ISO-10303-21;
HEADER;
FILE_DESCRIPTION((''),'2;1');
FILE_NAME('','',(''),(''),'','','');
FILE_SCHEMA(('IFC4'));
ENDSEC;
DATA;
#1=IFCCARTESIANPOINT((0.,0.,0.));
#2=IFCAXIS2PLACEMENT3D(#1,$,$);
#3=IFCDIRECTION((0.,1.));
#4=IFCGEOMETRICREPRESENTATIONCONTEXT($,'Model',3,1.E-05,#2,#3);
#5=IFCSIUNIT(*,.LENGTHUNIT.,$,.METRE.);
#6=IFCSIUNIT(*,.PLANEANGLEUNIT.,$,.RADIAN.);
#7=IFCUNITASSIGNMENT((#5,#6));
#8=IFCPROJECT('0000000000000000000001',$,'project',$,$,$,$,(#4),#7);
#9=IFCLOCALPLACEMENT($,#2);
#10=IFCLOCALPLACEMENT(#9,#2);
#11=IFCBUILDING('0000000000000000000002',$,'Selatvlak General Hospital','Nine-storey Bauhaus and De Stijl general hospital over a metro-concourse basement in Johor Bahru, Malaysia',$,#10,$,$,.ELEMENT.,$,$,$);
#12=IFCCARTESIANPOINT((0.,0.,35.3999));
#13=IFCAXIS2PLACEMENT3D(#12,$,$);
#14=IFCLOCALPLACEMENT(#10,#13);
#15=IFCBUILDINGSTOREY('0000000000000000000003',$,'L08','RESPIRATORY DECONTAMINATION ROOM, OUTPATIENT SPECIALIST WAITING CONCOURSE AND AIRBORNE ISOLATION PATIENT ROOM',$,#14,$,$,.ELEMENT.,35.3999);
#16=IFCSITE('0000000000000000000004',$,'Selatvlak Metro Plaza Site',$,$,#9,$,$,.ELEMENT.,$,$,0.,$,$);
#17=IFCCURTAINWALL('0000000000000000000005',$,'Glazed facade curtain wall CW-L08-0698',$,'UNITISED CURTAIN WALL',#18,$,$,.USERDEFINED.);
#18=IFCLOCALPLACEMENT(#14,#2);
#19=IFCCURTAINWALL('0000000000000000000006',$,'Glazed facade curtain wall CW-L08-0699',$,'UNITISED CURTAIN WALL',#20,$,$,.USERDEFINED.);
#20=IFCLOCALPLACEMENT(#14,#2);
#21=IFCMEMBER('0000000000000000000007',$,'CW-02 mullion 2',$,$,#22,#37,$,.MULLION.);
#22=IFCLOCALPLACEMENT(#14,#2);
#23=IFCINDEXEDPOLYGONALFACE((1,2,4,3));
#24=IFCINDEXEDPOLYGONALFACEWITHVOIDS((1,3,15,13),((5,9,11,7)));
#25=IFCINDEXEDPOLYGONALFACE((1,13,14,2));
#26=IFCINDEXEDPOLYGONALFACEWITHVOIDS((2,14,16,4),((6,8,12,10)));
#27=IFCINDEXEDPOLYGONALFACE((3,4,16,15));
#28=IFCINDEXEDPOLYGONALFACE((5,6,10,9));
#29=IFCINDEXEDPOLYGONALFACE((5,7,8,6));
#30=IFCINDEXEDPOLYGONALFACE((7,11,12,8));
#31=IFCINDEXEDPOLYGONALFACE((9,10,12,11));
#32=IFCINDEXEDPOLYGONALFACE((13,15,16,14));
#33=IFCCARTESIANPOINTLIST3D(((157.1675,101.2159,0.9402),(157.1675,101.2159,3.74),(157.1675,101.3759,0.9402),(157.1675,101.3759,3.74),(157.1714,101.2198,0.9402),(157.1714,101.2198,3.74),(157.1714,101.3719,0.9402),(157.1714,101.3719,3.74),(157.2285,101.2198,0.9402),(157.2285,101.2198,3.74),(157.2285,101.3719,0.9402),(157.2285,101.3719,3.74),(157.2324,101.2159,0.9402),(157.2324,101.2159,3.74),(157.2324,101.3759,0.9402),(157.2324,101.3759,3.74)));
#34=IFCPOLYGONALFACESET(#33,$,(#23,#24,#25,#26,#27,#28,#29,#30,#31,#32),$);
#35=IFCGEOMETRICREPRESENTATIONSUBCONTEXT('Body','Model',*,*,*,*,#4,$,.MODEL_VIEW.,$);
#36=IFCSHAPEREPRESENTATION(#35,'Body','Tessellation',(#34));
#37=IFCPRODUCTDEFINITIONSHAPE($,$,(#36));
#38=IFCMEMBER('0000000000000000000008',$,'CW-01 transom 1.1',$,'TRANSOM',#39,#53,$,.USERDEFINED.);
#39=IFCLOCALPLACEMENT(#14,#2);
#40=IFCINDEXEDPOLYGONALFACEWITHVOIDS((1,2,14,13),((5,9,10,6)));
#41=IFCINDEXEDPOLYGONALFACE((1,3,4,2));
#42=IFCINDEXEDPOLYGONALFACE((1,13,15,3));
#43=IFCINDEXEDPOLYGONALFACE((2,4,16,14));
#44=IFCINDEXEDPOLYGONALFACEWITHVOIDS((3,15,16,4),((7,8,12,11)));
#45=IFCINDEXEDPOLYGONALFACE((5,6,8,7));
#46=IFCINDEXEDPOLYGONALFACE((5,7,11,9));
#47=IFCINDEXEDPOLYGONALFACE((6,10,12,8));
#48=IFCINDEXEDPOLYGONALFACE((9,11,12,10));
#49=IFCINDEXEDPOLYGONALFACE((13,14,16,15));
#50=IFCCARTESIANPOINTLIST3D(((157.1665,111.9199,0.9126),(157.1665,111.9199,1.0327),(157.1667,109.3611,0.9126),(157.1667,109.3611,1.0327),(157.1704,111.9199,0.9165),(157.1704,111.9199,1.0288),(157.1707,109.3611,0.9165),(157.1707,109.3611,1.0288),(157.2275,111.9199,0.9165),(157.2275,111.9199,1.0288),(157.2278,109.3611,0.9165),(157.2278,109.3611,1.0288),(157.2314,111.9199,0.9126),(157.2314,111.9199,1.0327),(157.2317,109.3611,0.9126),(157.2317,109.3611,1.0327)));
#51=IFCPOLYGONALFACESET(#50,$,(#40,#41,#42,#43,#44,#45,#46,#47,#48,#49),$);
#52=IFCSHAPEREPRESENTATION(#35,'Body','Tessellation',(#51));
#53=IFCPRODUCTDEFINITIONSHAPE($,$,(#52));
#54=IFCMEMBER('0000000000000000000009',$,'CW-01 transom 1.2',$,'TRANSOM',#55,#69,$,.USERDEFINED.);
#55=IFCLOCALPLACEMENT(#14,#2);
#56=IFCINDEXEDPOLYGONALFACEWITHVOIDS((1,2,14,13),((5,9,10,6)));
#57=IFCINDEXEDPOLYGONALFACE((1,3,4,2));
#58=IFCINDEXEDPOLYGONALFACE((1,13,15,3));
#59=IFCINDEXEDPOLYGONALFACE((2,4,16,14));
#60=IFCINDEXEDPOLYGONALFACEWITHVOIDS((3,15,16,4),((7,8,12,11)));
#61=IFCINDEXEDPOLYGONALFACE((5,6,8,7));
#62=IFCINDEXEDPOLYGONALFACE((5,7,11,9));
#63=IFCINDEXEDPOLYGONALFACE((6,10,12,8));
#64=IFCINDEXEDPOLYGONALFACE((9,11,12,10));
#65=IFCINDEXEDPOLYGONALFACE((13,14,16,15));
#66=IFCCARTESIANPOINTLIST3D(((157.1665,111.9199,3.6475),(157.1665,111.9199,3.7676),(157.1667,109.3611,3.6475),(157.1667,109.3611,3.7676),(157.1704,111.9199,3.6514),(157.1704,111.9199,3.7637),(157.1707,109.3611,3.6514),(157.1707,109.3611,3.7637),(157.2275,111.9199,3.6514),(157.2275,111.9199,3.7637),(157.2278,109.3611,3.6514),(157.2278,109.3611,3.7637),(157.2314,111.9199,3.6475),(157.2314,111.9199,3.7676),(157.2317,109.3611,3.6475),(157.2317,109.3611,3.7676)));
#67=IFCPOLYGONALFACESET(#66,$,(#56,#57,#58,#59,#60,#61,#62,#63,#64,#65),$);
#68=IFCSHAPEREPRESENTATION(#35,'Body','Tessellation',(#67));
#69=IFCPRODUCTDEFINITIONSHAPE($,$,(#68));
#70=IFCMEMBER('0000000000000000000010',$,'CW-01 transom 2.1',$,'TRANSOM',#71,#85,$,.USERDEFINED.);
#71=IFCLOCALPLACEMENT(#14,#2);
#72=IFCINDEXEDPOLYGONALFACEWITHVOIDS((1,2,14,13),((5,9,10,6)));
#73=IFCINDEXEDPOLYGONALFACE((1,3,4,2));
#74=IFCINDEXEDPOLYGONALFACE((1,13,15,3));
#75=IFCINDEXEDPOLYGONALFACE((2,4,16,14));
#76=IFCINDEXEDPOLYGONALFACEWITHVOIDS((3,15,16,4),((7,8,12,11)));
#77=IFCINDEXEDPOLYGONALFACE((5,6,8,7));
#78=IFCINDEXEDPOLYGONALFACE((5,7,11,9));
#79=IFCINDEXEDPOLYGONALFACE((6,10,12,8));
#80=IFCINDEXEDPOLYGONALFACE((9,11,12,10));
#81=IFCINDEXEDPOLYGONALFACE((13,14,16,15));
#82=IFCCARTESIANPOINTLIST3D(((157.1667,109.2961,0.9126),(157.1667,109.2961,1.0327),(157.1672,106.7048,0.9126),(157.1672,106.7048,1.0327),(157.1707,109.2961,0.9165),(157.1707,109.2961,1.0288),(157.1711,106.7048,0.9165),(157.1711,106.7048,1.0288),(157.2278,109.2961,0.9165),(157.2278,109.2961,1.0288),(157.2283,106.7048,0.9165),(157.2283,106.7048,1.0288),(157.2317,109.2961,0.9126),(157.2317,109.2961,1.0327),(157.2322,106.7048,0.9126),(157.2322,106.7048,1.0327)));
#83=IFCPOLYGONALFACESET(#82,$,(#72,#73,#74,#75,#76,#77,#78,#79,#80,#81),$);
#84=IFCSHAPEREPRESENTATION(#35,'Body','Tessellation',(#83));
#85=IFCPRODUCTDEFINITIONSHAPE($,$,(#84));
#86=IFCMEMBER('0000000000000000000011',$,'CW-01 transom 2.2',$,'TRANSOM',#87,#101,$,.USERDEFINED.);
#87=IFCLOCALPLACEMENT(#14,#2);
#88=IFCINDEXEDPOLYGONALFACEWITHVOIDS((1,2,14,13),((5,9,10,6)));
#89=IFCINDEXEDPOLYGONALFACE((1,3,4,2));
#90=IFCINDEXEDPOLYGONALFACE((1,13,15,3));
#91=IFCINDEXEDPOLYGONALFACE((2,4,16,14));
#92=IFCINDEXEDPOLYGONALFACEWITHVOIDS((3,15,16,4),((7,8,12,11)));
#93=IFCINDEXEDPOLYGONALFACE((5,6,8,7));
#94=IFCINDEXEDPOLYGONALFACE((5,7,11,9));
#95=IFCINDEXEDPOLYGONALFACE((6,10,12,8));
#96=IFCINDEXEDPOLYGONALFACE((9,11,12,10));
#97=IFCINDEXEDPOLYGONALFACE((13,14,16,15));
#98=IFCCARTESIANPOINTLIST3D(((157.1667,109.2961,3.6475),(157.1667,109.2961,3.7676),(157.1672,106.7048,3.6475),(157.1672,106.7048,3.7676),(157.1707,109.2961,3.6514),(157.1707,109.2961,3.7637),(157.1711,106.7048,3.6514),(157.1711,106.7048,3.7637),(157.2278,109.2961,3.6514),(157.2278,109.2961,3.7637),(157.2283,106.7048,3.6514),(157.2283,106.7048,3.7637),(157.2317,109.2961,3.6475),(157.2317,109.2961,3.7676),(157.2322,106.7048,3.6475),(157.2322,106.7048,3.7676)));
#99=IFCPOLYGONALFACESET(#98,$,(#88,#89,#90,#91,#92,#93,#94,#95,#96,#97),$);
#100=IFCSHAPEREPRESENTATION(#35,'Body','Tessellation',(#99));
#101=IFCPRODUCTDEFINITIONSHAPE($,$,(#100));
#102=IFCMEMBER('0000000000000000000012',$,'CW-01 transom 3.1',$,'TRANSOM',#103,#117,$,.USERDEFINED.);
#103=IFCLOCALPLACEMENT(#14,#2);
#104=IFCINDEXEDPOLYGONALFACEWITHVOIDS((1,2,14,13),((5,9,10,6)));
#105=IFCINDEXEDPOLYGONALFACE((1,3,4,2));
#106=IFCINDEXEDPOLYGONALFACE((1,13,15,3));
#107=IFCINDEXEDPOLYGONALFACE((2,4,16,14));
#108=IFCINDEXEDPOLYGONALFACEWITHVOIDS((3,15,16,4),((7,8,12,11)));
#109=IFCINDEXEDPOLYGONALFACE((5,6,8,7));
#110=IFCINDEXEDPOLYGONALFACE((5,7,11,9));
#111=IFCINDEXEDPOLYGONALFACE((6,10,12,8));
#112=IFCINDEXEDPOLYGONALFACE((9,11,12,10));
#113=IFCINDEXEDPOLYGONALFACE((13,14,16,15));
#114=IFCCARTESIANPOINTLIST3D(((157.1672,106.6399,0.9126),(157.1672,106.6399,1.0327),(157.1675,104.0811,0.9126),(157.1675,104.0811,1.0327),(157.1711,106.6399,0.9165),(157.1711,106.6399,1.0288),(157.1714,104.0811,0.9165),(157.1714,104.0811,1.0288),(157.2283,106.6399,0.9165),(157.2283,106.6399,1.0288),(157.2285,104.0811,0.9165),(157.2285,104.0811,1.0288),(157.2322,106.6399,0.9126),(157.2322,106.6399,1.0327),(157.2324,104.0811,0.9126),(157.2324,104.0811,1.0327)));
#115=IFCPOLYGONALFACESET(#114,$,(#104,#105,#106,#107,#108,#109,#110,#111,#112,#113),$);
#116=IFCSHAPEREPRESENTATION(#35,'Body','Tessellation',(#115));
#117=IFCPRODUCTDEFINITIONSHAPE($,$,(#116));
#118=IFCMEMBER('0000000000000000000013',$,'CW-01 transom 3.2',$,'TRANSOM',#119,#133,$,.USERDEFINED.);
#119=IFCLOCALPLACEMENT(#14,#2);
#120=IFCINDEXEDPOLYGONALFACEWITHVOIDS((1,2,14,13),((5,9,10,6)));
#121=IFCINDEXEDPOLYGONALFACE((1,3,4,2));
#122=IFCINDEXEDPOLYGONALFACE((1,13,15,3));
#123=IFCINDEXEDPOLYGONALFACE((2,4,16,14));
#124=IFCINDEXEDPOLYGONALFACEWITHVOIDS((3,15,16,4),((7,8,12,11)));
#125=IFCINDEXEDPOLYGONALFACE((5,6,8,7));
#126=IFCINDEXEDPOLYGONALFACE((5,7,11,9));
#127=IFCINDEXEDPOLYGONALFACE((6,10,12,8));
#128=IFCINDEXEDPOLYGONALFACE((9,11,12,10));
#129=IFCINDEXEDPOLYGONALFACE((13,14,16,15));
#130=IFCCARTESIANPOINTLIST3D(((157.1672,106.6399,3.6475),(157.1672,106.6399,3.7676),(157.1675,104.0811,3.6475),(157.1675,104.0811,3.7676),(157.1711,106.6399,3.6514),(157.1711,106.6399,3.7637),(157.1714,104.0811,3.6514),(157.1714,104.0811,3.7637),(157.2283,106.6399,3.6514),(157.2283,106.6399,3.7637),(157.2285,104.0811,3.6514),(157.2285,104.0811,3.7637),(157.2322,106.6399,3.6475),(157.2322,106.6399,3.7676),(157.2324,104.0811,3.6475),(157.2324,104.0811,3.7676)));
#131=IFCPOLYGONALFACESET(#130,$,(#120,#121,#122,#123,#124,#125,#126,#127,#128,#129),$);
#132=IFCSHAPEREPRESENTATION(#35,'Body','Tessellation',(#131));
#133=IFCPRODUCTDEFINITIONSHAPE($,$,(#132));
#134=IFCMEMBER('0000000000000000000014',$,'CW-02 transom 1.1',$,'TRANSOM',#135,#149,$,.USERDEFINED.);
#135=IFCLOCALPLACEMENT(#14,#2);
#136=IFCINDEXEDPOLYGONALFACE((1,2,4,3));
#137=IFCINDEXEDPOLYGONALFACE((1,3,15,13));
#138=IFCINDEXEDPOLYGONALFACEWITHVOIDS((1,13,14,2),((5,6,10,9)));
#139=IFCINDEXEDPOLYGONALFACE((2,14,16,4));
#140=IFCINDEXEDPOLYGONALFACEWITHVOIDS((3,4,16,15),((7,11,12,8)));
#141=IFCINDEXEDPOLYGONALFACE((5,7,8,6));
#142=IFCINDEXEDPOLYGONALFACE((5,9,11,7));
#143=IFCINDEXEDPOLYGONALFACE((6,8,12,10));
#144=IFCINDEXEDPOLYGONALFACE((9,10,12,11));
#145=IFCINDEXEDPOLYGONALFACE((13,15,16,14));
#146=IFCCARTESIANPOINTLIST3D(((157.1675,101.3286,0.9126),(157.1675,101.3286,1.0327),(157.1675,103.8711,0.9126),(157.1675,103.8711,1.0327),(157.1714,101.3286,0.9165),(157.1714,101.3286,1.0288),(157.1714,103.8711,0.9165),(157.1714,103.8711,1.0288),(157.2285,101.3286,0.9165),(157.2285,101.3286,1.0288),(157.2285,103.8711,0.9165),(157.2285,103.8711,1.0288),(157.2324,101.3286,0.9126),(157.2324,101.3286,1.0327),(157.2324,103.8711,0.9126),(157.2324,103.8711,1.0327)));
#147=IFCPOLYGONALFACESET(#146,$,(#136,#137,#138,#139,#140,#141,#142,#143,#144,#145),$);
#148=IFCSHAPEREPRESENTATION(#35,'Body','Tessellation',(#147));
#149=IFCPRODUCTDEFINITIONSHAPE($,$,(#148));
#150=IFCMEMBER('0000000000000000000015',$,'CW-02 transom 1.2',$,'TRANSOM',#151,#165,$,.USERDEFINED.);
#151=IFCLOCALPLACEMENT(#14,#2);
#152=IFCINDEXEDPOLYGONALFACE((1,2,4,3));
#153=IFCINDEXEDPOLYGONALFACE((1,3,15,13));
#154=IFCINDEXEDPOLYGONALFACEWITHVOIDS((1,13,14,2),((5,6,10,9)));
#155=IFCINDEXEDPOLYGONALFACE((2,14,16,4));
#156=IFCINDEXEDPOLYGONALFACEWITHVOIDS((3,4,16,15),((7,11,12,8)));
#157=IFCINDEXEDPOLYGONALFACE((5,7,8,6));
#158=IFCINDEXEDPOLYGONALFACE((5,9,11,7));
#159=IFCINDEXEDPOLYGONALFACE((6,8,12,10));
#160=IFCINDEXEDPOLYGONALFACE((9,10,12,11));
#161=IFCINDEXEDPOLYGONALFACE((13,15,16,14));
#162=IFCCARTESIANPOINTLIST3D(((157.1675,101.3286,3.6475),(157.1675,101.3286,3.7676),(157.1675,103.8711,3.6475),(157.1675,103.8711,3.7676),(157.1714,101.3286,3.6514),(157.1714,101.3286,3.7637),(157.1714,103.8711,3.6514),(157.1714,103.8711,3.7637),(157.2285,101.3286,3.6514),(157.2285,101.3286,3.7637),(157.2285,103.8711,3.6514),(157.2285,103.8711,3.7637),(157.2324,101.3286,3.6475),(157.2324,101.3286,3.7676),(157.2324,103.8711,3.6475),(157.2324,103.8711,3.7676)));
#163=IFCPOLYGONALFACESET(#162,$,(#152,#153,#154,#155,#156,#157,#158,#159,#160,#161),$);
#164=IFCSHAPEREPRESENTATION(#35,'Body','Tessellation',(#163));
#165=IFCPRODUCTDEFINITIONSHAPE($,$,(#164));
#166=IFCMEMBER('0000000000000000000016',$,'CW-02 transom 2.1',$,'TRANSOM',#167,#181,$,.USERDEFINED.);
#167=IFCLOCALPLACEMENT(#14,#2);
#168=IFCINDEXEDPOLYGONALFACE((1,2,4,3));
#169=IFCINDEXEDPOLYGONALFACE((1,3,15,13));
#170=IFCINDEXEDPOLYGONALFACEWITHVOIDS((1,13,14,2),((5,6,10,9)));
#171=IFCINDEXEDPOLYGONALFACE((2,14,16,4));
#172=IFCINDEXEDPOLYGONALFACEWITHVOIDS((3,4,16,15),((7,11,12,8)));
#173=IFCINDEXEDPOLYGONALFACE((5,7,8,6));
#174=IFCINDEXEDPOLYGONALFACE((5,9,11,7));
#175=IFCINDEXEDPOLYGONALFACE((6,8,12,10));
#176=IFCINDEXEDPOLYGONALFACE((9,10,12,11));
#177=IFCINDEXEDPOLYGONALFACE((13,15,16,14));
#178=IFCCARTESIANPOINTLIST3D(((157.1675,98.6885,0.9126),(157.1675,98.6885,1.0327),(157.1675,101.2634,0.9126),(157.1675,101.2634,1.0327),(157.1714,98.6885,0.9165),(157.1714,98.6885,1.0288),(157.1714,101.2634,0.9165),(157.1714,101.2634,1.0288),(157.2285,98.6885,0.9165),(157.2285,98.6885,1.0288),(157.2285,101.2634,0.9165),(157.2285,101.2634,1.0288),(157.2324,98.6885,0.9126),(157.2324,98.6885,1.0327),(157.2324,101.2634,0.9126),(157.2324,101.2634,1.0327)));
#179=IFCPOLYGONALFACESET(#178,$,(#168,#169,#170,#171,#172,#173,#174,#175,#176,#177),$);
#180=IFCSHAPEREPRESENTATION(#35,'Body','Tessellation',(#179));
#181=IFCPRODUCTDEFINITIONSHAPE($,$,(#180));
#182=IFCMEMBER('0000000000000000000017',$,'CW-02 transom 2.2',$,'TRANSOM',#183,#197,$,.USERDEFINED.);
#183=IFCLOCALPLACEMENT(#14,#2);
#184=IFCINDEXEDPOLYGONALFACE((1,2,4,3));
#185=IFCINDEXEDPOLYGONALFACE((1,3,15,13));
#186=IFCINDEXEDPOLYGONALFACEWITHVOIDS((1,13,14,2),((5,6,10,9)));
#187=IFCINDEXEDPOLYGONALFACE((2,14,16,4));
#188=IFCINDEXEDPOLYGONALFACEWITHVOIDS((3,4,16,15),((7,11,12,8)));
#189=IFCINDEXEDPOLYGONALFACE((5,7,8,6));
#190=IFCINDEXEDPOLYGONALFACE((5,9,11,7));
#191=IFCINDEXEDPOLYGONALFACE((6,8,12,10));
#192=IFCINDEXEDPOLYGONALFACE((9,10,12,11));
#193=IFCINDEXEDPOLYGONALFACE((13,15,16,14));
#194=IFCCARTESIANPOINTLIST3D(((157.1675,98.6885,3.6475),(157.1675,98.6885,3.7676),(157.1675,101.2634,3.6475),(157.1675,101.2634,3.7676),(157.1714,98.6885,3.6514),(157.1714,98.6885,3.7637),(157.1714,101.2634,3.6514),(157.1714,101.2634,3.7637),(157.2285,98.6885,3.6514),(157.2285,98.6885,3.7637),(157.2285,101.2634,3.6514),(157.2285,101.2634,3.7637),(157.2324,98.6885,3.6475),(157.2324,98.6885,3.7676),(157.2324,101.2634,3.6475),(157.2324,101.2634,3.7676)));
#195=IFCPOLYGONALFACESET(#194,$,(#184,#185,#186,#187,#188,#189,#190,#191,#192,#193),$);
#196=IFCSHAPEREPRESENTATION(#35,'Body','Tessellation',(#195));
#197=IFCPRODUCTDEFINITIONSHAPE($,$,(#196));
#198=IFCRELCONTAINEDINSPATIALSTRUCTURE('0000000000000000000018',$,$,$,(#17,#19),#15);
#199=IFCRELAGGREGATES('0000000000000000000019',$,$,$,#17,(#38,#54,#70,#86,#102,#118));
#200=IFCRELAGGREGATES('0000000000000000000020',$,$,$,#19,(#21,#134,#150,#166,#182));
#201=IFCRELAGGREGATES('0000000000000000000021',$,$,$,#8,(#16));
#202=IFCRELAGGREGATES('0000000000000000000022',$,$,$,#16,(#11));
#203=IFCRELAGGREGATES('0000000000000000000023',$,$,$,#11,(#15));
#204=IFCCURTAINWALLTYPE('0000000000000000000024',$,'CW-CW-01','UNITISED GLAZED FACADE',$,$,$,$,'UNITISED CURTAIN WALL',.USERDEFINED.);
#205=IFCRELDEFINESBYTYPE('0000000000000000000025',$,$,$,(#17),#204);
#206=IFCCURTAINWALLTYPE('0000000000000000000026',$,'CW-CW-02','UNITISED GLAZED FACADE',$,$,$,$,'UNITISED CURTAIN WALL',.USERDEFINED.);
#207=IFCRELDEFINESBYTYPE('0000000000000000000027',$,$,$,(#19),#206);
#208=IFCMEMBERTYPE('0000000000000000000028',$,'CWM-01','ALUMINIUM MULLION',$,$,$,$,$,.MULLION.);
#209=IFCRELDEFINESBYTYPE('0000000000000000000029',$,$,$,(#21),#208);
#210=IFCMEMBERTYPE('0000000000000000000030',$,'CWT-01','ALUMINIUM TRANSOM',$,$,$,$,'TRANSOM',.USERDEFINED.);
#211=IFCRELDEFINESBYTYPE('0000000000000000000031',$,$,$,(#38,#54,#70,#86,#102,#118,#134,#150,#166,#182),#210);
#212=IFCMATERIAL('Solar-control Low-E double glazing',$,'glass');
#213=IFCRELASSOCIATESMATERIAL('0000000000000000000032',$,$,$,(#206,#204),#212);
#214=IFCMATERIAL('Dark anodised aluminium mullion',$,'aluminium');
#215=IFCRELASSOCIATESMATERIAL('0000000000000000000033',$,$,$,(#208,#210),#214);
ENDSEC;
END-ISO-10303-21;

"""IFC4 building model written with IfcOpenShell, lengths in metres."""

from ifc_helpers import new_model, si_unit, direction, frame, origin, origin_2d, place, context, subcontext, project, spatial, hollow_rectangle, extrude, material, material_profile, profile_set, type_object, element, aggregate, save


model = new_model("IFC4")

# Units and contexts
model_context = context("Model", 3, precision=1e-05, world=origin(), true_north=direction((0.0, 1.0)))
body_context = subcontext(model_context, "Body", "Model", "MODEL_VIEW")
ifc_project = project(units=[si_unit("LENGTHUNIT", "METRE"), si_unit("PLANEANGLEUNIT", "RADIAN")], contexts=[model_context])

# Site, building, storey
site_placement = place(None, origin())
site = spatial("IfcSite", under=ifc_project, at=site_placement, Name="Selatvlak Metro Plaza Site", CompositionType="ELEMENT", RefElevation=0.0)
building_placement = place(site_placement, origin())
building = spatial("IfcBuilding", under=site, at=building_placement, Name="Selatvlak General Hospital", Description="Nine-storey Bauhaus and De Stijl general hospital over a metro-concourse basement in Johor Bahru, Malaysia", CompositionType="ELEMENT")
storey_placement = place(building_placement, frame((0.0, 0.0, 35.3999)))
storey = spatial("IfcBuildingStorey", under=building, at=storey_placement, Name="L08", Description="RESPIRATORY DECONTAMINATION ROOM, OUTPATIENT SPECIALIST WAITING CONCOURSE AND AIRBORNE ISOLATION PATIENT ROOM", CompositionType="ELEMENT", Elevation=35.3999)

# Shared definitions
ifc_material_1 = material(Name="Solar-control Low-E double glazing", Category="glass")
curtain_wall_type_1 = type_object("IfcCurtainWallType", Name="CW-CW-02", Description="UNITISED GLAZED FACADE", ElementType="UNITISED CURTAIN WALL", PredefinedType="USERDEFINED", material=ifc_material_1)
ifc_material_2 = material(Name="Dark anodised aluminium mullion", Category="aluminium")
ifc_material_profile_1 = material_profile(ifc_material_2, hollow_rectangle(XDim=0.0649, YDim=0.1599, WallThickness=0.0039, at=origin_2d()), Name="AL-MUL 65x160x4")
ifc_profile_set_1 = profile_set([ifc_material_profile_1], Name="Dark anodised aluminium mullion")
member_type_1 = type_object("IfcMemberType", Name="CWM-01", Description="ALUMINIUM MULLION", PredefinedType="MULLION", material=ifc_profile_set_1)

# Curtain walls, member
curtain_wall_type_2 = type_object("IfcCurtainWallType", Name="CW-CW-01", Description="UNITISED GLAZED FACADE", ElementType="UNITISED CURTAIN WALL", PredefinedType="USERDEFINED", material=ifc_material_1)
curtain_wall_1_placement = place(storey_placement, origin())
curtain_wall_1 = element("IfcCurtainWall", 1, at=curtain_wall_1_placement, inside=storey, type_object=curtain_wall_type_2, Name="Glazed facade curtain wall CW-L08-0698", ObjectType="UNITISED CURTAIN WALL", PredefinedType="USERDEFINED")
curtain_wall_2_placement = place(storey_placement, origin())
curtain_wall_2 = element("IfcCurtainWall", 2, at=curtain_wall_2_placement, inside=storey, type_object=curtain_wall_type_1, Name="Glazed facade curtain wall CW-L08-0699", ObjectType="UNITISED CURTAIN WALL", PredefinedType="USERDEFINED")
member_1_placement = place(storey_placement, frame((157.2, 101.2959, 0.9402), z_axis=(0.0, 0.0, 1.0), x_axis=(1.0, 0.0, 0.0)))
member_1 = element("IfcMember", 3, at=member_1_placement, type_object=member_type_1, Name="CW-02 mullion 2", PredefinedType="MULLION", context=body_context, shape_type="SweptSolid", body=[
    extrude(hollow_rectangle(XDim=0.0649, YDim=0.1599, WallThickness=0.0039, at=origin_2d()), origin(), (0.0, 0.0, 1.0), 2.7998),
])

# Members
ifc_material_profile_2 = material_profile(ifc_material_2, hollow_rectangle(XDim=0.0649, YDim=0.1201, WallThickness=0.0039, at=origin_2d()), Name="AL-TRN 65x120x4")
ifc_profile_set_2 = profile_set([ifc_material_profile_2], Name="Dark anodised aluminium mullion")
member_type_2 = type_object("IfcMemberType", Name="CWT-01", Description="ALUMINIUM TRANSOM", ElementType="TRANSOM", PredefinedType="USERDEFINED", material=ifc_profile_set_2)
member_2_placement = place(storey_placement, frame((157.199, 111.9199, 0.9727), z_axis=(0.000095, -1.0, 0.0), x_axis=(1.0, 0.000095, 0.0)))
member_2 = element("IfcMember", 4, at=member_2_placement, type_object=member_type_2, Name="CW-01 transom 1.1", ObjectType="TRANSOM", PredefinedType="USERDEFINED", context=body_context, shape_type="SweptSolid", body=[
    extrude(hollow_rectangle(XDim=0.0649, YDim=0.1201, WallThickness=0.0039, at=origin_2d()), origin(), (0.0, 0.0, 1.0), 2.5588),
])
member_3_placement = place(storey_placement, frame((157.199, 111.9199, 3.7075), z_axis=(0.000095, -1.0, 0.0), x_axis=(1.0, 0.000095, 0.0)))
member_3 = element("IfcMember", 5, at=member_3_placement, type_object=member_type_2, Name="CW-01 transom 1.2", ObjectType="TRANSOM", PredefinedType="USERDEFINED", context=body_context, shape_type="SweptSolid", body=[
    extrude(hollow_rectangle(XDim=0.0649, YDim=0.1201, WallThickness=0.0039, at=origin_2d()), origin(), (0.0, 0.0, 1.0), 2.5588),
])
member_4_placement = place(storey_placement, frame((157.1992, 109.2961, 0.9727), z_axis=(0.000188, -1.0, 0.0), x_axis=(1.0, 0.000188, 0.0)))
member_4 = element("IfcMember", 6, at=member_4_placement, type_object=member_type_2, Name="CW-01 transom 2.1", ObjectType="TRANSOM", PredefinedType="USERDEFINED", context=body_context, shape_type="SweptSolid", body=[
    extrude(hollow_rectangle(XDim=0.0649, YDim=0.1201, WallThickness=0.0039, at=origin_2d()), origin(), (0.0, 0.0, 1.0), 2.5913),
])
member_5_placement = place(storey_placement, frame((157.1992, 109.2961, 3.7075), z_axis=(0.000188, -1.0, 0.0), x_axis=(1.0, 0.000188, 0.0)))
member_5 = element("IfcMember", 7, at=member_5_placement, type_object=member_type_2, Name="CW-01 transom 2.2", ObjectType="TRANSOM", PredefinedType="USERDEFINED", context=body_context, shape_type="SweptSolid", body=[
    extrude(hollow_rectangle(XDim=0.0649, YDim=0.1201, WallThickness=0.0039, at=origin_2d()), origin(), (0.0, 0.0, 1.0), 2.5913),
])
member_6_placement = place(storey_placement, frame((157.1997, 106.6399, 0.9727), z_axis=(0.000095, -1.0, 0.0), x_axis=(1.0, 0.000095, 0.0)))
member_6 = element("IfcMember", 8, at=member_6_placement, type_object=member_type_2, Name="CW-01 transom 3.1", ObjectType="TRANSOM", PredefinedType="USERDEFINED", context=body_context, shape_type="SweptSolid", body=[
    extrude(hollow_rectangle(XDim=0.0649, YDim=0.1201, WallThickness=0.0039, at=origin_2d()), origin(), (0.0, 0.0, 1.0), 2.5588),
])
member_7_placement = place(storey_placement, frame((157.1997, 106.6399, 3.7075), z_axis=(0.000095, -1.0, 0.0), x_axis=(1.0, 0.000095, 0.0)))
member_7 = element("IfcMember", 9, at=member_7_placement, type_object=member_type_2, Name="CW-01 transom 3.2", ObjectType="TRANSOM", PredefinedType="USERDEFINED", context=body_context, shape_type="SweptSolid", body=[
    extrude(hollow_rectangle(XDim=0.0649, YDim=0.1201, WallThickness=0.0039, at=origin_2d()), origin(), (0.0, 0.0, 1.0), 2.5588),
])
member_8_placement = place(storey_placement, frame((157.2, 103.8711, 0.9727), z_axis=(0.0, -1.0, 0.0), x_axis=(1.0, 0.0, 0.0)))
member_8 = element("IfcMember", 10, at=member_8_placement, type_object=member_type_2, Name="CW-02 transom 1.1", ObjectType="TRANSOM", PredefinedType="USERDEFINED", context=body_context, shape_type="SweptSolid", body=[
    extrude(hollow_rectangle(XDim=0.0649, YDim=0.1201, WallThickness=0.0039, at=origin_2d()), origin(), (0.0, 0.0, 1.0), 2.5425),
])
member_9_placement = place(storey_placement, frame((157.2, 103.8711, 3.7075), z_axis=(0.0, -1.0, 0.0), x_axis=(1.0, 0.0, 0.0)))
member_9 = element("IfcMember", 11, at=member_9_placement, type_object=member_type_2, Name="CW-02 transom 1.2", ObjectType="TRANSOM", PredefinedType="USERDEFINED", context=body_context, shape_type="SweptSolid", body=[
    extrude(hollow_rectangle(XDim=0.0649, YDim=0.1201, WallThickness=0.0039, at=origin_2d()), origin(), (0.0, 0.0, 1.0), 2.5425),
])
member_10_placement = place(storey_placement, frame((157.2, 101.2634, 0.9727), z_axis=(0.0, -1.0, 0.0), x_axis=(1.0, 0.0, 0.0)))
member_10 = element("IfcMember", 12, at=member_10_placement, type_object=member_type_2, Name="CW-02 transom 2.1", ObjectType="TRANSOM", PredefinedType="USERDEFINED", context=body_context, shape_type="SweptSolid", body=[
    extrude(hollow_rectangle(XDim=0.0649, YDim=0.1201, WallThickness=0.0039, at=origin_2d()), origin(), (0.0, 0.0, 1.0), 2.575),
])
member_11_placement = place(storey_placement, frame((157.2, 101.2634, 3.7075), z_axis=(0.0, -1.0, 0.0), x_axis=(1.0, 0.0, 0.0)))
member_11 = element("IfcMember", 13, at=member_11_placement, type_object=member_type_2, Name="CW-02 transom 2.2", ObjectType="TRANSOM", PredefinedType="USERDEFINED", context=body_context, shape_type="SweptSolid", body=[
    extrude(hollow_rectangle(XDim=0.0649, YDim=0.1201, WallThickness=0.0039, at=origin_2d()), origin(), (0.0, 0.0, 1.0), 2.575),
])

aggregate(curtain_wall_1, [member_2, member_3, member_4, member_5, member_6, member_7])
aggregate(curtain_wall_2, [member_1, member_8, member_9, member_10, member_11])

save(model, "model.ifc")
